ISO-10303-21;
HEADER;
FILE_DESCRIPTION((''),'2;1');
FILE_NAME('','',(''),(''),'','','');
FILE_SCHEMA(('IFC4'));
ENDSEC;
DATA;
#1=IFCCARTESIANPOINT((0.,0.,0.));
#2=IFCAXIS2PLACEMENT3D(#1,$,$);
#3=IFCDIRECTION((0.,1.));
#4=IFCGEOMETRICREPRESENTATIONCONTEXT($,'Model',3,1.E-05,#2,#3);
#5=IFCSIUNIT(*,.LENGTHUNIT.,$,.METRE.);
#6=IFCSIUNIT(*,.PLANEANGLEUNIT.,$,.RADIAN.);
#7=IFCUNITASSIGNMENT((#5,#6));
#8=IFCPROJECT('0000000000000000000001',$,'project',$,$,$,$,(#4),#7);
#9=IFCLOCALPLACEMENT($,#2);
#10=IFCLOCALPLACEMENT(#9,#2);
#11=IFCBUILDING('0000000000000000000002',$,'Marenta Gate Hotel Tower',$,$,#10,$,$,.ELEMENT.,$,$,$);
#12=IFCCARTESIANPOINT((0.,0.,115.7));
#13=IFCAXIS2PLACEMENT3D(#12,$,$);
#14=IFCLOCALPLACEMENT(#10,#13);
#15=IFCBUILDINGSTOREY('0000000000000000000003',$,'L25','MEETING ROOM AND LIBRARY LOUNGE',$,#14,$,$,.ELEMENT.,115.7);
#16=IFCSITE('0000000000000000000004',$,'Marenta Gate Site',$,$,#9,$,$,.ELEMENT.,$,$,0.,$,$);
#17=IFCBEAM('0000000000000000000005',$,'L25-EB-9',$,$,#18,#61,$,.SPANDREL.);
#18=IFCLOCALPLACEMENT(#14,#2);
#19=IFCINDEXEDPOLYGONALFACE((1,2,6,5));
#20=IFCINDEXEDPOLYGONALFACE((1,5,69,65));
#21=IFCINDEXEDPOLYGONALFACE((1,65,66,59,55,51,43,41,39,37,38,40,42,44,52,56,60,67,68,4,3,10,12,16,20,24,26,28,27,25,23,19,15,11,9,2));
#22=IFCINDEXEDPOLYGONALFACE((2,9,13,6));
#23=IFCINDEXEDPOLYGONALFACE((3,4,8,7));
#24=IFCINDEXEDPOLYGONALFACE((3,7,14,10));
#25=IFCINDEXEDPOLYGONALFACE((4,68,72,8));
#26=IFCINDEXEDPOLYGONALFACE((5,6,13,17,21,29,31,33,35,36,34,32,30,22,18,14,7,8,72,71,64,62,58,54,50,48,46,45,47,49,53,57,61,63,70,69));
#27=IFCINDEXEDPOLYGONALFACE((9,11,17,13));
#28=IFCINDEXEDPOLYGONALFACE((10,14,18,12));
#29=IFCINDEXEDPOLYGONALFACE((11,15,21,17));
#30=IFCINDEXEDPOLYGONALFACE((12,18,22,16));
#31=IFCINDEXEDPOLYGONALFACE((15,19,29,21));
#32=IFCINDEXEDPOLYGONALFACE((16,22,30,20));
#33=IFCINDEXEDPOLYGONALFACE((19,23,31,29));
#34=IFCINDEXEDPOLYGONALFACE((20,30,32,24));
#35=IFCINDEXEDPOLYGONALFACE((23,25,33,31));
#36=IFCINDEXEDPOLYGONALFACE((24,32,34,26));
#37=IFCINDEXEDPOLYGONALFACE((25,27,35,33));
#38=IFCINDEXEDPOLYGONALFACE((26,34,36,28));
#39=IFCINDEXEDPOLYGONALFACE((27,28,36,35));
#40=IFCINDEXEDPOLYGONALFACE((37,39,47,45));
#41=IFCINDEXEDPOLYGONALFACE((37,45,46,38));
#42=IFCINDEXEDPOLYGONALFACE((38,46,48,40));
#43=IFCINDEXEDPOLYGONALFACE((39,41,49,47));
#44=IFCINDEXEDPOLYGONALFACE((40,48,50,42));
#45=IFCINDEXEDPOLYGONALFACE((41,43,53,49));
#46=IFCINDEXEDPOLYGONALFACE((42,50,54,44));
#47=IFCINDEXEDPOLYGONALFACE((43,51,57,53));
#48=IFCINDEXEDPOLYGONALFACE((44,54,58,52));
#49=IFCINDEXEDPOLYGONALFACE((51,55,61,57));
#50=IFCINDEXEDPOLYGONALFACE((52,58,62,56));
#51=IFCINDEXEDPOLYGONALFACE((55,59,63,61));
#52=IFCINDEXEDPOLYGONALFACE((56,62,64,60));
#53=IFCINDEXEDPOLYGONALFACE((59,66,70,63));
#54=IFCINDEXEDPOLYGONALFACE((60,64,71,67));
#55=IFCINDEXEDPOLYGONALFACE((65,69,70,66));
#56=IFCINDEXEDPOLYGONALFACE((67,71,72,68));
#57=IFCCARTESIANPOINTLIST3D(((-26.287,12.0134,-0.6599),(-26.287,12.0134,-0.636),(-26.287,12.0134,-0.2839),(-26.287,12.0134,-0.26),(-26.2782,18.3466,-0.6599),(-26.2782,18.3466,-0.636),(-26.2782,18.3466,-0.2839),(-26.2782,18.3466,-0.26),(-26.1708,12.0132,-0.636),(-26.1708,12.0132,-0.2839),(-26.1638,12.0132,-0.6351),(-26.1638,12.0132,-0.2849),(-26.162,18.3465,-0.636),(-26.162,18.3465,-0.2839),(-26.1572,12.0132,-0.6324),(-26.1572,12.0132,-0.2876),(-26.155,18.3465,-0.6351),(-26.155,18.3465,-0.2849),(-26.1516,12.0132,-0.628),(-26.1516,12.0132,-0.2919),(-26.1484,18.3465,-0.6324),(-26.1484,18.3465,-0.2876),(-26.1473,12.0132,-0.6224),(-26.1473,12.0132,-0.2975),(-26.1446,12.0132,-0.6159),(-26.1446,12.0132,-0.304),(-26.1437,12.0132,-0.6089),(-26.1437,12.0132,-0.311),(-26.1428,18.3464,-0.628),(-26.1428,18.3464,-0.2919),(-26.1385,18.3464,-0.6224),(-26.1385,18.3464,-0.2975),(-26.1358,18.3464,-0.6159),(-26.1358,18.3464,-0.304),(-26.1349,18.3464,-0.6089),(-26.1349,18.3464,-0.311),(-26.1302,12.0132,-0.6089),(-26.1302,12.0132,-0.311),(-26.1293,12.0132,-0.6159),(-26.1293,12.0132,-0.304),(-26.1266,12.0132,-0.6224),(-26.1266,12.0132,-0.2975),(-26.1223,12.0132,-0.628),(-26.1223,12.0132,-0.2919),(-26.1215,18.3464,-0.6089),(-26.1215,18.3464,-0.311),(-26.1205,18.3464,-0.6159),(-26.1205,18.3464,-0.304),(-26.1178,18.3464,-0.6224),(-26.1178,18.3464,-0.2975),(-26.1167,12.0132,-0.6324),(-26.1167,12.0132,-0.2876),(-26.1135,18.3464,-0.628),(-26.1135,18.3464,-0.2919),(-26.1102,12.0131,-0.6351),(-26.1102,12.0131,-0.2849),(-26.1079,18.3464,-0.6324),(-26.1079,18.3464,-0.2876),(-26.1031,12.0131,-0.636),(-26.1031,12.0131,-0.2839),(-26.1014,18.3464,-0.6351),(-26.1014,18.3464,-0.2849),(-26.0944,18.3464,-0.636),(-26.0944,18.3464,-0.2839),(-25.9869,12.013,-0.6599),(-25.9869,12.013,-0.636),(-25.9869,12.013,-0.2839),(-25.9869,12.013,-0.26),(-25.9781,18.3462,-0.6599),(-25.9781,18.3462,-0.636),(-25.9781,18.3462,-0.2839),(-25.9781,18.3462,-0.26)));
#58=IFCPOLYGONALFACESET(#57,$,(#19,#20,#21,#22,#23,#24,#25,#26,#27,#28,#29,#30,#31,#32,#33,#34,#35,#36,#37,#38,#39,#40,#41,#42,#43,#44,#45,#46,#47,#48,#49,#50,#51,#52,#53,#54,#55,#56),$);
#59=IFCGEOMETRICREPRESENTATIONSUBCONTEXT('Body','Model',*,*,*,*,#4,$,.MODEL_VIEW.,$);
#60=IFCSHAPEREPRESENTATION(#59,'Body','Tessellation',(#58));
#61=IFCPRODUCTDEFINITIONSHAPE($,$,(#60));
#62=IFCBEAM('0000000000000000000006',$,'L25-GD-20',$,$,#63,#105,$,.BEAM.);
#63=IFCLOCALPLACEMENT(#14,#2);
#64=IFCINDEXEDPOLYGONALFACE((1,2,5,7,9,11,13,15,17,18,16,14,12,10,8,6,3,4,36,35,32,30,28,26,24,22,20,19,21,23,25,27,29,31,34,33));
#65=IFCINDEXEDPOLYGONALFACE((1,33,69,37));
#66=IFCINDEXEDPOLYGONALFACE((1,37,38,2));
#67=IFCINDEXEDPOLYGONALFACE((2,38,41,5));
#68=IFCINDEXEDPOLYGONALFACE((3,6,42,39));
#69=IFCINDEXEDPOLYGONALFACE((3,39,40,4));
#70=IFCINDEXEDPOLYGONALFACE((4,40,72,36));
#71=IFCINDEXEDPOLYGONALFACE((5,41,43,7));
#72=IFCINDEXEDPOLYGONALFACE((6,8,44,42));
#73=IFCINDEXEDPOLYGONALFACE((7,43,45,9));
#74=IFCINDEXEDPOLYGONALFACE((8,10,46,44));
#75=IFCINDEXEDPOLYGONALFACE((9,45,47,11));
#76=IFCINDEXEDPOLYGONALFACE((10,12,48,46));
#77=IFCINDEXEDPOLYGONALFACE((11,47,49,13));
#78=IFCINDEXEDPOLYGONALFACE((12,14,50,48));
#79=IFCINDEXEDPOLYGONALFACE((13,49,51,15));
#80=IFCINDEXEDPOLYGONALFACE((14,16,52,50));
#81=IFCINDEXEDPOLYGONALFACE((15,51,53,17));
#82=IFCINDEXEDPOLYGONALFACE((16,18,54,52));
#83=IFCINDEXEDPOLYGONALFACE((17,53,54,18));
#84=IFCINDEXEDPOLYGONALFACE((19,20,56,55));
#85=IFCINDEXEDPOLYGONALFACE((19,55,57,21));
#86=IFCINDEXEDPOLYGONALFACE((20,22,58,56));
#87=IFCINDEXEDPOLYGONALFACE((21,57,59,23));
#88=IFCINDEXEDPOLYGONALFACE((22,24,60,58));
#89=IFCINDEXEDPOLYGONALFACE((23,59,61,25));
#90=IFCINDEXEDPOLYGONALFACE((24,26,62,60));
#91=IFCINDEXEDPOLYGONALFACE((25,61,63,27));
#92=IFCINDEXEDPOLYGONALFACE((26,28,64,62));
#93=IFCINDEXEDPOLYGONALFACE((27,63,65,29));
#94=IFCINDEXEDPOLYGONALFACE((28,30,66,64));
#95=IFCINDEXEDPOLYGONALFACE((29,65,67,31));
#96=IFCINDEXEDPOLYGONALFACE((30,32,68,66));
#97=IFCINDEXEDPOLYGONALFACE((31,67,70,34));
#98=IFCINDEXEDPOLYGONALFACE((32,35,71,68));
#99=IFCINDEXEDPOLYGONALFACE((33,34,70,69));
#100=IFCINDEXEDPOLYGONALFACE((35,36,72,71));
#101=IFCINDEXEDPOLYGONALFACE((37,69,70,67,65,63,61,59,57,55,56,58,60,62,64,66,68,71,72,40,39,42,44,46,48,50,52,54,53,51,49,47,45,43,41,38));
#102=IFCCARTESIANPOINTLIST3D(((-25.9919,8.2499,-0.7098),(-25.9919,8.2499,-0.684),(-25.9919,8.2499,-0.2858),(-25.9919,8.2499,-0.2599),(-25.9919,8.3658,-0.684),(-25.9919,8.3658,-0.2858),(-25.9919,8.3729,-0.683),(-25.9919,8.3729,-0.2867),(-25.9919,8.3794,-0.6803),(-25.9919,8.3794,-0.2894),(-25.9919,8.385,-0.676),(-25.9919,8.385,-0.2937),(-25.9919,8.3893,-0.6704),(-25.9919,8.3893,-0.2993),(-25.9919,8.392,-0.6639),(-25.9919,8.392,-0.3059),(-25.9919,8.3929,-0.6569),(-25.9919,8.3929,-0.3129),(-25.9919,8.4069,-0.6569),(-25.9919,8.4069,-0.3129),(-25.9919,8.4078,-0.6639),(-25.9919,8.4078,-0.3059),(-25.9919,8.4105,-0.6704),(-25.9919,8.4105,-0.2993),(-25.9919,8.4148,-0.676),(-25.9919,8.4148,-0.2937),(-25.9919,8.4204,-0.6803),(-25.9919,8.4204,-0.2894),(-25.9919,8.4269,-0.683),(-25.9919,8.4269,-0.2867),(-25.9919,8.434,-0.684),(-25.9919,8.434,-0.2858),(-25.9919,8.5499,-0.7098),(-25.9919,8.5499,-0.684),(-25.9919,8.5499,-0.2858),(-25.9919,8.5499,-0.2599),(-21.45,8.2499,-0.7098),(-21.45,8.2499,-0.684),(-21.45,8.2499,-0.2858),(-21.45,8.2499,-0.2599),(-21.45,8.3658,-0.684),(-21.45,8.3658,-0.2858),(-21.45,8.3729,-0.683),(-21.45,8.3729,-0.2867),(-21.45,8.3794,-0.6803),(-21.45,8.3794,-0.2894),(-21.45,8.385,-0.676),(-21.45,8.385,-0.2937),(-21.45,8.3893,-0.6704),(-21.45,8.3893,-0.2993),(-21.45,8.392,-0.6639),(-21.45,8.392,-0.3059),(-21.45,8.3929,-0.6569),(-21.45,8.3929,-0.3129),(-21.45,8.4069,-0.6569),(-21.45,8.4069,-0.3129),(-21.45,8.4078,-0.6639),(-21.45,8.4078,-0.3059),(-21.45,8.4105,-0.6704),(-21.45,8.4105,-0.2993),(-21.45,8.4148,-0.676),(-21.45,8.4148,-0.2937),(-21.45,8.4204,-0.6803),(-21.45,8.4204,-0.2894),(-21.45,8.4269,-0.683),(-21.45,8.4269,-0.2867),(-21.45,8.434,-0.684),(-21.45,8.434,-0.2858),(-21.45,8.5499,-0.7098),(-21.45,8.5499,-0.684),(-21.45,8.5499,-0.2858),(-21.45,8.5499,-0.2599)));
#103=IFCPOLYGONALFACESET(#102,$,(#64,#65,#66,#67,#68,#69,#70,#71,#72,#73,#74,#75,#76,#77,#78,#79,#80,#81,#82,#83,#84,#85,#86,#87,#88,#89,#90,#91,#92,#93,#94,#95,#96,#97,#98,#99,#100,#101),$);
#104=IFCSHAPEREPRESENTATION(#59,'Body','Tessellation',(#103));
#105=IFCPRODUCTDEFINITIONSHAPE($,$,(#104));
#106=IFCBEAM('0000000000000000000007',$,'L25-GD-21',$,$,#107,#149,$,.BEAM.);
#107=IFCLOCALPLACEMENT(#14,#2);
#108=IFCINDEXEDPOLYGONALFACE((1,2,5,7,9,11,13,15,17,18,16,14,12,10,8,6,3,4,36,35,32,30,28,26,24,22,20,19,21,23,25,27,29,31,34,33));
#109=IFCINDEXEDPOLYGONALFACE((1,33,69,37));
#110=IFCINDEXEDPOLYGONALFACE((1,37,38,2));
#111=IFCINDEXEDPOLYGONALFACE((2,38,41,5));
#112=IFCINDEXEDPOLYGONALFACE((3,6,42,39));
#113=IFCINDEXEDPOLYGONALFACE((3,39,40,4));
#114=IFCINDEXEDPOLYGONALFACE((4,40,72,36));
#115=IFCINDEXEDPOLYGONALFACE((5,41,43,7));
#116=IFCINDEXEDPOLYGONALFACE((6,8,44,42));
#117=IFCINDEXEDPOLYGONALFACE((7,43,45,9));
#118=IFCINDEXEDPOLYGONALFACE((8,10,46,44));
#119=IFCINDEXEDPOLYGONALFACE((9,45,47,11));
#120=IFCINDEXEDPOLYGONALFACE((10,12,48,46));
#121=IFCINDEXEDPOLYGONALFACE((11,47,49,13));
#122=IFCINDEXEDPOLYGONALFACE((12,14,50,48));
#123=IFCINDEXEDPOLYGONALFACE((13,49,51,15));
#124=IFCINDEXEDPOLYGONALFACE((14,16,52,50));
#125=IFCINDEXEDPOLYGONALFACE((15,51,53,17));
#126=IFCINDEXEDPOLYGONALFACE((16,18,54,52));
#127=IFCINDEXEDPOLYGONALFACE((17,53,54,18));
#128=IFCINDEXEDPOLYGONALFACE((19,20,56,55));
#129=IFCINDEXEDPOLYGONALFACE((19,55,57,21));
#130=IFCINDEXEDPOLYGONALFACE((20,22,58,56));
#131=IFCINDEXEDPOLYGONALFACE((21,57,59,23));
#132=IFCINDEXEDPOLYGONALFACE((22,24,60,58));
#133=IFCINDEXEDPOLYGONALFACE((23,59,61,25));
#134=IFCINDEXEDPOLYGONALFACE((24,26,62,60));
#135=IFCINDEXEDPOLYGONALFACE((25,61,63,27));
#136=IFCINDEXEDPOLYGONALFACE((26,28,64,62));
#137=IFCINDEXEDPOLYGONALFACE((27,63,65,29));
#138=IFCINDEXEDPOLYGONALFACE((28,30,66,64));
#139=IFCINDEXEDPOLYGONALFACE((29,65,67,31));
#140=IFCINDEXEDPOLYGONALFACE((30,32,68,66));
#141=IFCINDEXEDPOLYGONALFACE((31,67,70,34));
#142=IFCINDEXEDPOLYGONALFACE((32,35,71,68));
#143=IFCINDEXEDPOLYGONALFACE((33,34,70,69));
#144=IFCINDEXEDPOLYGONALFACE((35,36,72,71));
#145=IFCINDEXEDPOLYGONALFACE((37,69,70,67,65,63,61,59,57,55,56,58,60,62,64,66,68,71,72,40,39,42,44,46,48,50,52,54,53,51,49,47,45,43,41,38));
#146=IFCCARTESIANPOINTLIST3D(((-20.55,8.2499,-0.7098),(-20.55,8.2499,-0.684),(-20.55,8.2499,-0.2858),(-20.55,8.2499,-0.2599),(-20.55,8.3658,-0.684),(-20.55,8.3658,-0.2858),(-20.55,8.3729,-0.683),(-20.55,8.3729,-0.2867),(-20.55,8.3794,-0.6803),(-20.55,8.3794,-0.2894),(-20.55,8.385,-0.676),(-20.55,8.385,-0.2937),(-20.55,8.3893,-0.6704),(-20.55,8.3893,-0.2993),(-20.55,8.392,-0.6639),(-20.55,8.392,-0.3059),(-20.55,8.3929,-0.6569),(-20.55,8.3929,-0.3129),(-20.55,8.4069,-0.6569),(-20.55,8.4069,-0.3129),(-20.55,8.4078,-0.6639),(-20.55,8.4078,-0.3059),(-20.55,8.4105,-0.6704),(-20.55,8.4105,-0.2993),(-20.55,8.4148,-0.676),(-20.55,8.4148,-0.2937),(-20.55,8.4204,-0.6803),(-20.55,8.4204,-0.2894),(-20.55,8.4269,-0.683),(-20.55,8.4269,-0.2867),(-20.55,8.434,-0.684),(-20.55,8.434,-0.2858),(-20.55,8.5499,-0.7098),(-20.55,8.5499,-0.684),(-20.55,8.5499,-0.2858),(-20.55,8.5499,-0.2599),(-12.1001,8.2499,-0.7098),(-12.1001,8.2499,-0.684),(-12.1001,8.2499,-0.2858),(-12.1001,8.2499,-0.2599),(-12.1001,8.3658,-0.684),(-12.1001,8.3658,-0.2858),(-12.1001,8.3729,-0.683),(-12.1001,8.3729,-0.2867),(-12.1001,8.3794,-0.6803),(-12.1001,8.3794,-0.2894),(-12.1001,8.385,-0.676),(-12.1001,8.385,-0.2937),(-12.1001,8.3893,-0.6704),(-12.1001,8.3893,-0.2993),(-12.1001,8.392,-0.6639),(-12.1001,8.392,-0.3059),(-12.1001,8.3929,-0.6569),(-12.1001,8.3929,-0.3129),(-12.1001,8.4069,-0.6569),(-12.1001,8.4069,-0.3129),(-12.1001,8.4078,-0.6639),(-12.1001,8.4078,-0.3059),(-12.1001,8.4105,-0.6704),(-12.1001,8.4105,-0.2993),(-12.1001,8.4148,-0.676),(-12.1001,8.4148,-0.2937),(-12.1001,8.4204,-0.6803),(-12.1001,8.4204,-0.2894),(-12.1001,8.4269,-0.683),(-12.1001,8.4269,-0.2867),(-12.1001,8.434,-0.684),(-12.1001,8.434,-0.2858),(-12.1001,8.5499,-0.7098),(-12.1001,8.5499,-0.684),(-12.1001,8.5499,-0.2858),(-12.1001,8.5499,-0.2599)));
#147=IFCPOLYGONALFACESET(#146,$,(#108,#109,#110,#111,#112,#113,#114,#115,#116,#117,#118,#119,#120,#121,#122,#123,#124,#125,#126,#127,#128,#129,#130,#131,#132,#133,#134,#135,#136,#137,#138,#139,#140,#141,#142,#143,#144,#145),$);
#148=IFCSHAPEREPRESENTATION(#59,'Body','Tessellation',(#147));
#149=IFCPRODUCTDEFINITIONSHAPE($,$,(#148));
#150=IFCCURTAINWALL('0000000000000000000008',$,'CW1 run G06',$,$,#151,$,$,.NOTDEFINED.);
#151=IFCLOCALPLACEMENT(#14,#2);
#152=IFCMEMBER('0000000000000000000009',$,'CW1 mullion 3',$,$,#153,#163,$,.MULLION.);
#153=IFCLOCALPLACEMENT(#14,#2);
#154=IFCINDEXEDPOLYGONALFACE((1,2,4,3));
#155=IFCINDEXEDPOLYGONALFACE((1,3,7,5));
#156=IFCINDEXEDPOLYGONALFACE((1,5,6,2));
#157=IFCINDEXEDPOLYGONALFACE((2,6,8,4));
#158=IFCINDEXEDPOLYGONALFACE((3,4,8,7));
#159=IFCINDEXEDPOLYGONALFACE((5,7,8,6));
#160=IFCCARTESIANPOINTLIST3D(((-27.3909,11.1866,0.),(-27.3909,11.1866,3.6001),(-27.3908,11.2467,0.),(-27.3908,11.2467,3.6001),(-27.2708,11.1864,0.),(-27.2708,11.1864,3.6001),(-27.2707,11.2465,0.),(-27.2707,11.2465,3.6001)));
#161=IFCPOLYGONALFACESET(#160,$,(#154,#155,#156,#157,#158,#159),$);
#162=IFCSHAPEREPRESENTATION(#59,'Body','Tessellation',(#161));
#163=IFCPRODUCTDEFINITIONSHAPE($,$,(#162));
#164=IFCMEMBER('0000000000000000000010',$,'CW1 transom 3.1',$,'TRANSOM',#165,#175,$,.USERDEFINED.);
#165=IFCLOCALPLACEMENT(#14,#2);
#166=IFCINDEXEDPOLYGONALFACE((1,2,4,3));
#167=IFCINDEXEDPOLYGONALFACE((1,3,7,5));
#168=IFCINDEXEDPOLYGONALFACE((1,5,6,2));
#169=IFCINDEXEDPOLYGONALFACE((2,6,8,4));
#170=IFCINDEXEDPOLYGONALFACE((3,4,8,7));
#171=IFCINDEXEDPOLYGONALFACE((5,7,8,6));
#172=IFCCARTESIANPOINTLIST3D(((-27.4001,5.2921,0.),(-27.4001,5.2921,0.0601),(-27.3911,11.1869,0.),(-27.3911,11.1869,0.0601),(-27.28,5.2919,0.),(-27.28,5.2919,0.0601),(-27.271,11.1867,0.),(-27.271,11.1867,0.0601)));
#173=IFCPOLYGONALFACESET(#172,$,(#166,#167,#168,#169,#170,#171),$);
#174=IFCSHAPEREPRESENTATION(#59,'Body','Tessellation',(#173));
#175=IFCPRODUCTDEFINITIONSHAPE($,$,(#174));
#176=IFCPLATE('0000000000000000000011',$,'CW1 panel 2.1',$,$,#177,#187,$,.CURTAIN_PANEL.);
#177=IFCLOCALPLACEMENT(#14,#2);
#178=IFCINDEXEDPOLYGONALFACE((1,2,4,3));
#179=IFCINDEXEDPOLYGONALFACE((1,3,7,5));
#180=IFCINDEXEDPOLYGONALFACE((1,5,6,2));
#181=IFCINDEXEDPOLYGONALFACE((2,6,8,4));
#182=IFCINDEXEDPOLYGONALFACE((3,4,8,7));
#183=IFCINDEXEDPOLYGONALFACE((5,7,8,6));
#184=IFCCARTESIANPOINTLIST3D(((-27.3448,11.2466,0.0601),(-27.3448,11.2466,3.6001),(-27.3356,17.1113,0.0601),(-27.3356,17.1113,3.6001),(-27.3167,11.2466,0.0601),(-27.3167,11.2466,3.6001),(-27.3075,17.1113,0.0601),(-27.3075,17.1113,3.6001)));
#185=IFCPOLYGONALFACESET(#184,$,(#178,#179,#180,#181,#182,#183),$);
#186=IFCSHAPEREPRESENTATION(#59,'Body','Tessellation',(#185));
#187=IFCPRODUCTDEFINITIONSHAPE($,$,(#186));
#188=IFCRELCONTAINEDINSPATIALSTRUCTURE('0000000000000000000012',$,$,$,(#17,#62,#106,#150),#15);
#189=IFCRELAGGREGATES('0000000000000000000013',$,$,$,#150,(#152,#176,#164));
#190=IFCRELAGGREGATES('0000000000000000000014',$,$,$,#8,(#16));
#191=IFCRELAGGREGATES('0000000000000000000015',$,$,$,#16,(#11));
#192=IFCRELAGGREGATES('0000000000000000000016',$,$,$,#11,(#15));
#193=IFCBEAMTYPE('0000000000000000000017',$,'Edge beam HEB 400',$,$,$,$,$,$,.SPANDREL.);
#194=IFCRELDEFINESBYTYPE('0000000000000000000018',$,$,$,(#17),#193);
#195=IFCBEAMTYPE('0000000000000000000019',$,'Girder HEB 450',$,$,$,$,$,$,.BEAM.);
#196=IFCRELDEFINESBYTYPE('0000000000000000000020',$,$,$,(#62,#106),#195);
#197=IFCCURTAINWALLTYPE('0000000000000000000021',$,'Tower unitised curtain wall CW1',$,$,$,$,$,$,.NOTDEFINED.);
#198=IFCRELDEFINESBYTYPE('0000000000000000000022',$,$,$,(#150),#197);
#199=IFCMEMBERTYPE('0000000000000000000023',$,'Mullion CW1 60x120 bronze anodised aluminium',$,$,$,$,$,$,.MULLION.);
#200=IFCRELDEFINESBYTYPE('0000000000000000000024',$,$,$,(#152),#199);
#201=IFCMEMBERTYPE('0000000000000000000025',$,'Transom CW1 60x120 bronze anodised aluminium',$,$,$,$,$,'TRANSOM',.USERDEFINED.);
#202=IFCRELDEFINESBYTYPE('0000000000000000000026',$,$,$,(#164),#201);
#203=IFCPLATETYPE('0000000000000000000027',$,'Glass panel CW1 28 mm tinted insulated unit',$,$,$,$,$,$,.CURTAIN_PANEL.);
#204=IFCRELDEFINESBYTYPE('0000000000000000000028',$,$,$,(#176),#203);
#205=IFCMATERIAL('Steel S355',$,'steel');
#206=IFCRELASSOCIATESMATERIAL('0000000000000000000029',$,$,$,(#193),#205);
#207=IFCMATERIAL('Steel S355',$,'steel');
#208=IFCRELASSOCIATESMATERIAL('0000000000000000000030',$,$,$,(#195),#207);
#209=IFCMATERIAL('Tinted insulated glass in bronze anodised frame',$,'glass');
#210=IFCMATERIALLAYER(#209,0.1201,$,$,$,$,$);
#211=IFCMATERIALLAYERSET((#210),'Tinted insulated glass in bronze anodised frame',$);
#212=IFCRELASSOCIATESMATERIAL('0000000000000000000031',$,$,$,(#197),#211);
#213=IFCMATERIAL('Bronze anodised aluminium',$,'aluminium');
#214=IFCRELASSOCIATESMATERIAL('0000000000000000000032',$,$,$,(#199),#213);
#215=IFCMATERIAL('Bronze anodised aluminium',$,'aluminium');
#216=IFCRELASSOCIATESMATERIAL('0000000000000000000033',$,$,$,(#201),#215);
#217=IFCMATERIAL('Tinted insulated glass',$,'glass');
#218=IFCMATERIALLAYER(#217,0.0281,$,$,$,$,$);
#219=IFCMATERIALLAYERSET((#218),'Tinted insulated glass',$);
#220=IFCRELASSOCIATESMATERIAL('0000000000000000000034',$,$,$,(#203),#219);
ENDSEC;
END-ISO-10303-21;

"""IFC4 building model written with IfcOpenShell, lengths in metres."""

from ifc_helpers import new_model, si_unit, direction, frame, origin, origin_2d, place, context, subcontext, project, spatial, rectangle, i_section, extrude, material, layer, layer_set, material_profile, profile_set, type_object, element, aggregate, save


model = new_model("IFC4")

# Units and contexts
model_context = context("Model", 3, precision=1e-05, world=origin(), true_north=direction((0.0, 1.0)))
body_context = subcontext(model_context, "Body", "Model", "MODEL_VIEW")
ifc_project = project(units=[si_unit("LENGTHUNIT", "METRE"), si_unit("PLANEANGLEUNIT", "RADIAN")], contexts=[model_context])

# Site, building, storey
site_placement = place(None, origin())
site = spatial("IfcSite", under=ifc_project, at=site_placement, Name="Marenta Gate Site", CompositionType="ELEMENT", RefElevation=0.0)
building_placement = place(site_placement, origin())
building = spatial("IfcBuilding", under=site, at=building_placement, Name="Marenta Gate Hotel Tower", CompositionType="ELEMENT")
storey_placement = place(building_placement, frame((0.0, 0.0, 115.7)))
storey = spatial("IfcBuildingStorey", under=building, at=storey_placement, Name="L25", Description="MEETING ROOM AND LIBRARY LOUNGE", CompositionType="ELEMENT", Elevation=115.7)

# Beams
ifc_material_1 = material(Name="Steel S355", Category="steel")
ifc_material_profile_1 = material_profile(ifc_material_1, i_section(OverallWidth=0.3, OverallDepth=0.3999, WebThickness=0.0134, FlangeThickness=0.0239, FilletRadius=0.0271, at=origin_2d()), Name="HEB 400")
ifc_profile_set_1 = profile_set([ifc_material_profile_1], Name="Steel S355")
beam_type_1 = type_object("IfcBeamType", Name="Edge beam HEB 400", PredefinedType="SPANDREL", material=ifc_profile_set_1)
beam_1_placement = place(storey_placement, frame((-26.137, 12.0132, -0.46), z_axis=(0.001388, 0.999999, 0.0), x_axis=(-0.999999, 0.001388, 0.0)))
element("IfcBeam", 1, at=beam_1_placement, inside=storey, type_object=beam_type_1, Name="L25-EB-9", PredefinedType="SPANDREL", context=body_context, shape_type="SweptSolid", body=[
    extrude(i_section(OverallWidth=0.3, OverallDepth=0.3999, WebThickness=0.0134, FlangeThickness=0.0239, FilletRadius=0.0271, at=origin_2d()), origin(), (0.0, 0.0, 1.0), 6.3333),
])
ifc_material_2 = material(Name="Steel S355", Category="steel")
ifc_material_profile_2 = material_profile(ifc_material_2, i_section(OverallWidth=0.3, OverallDepth=0.45, WebThickness=0.0139, FlangeThickness=0.0259, FilletRadius=0.0271, at=origin_2d()), Name="HEB 450")
ifc_profile_set_2 = profile_set([ifc_material_profile_2], Name="Steel S355")
beam_type_2 = type_object("IfcBeamType", Name="Girder HEB 450", PredefinedType="BEAM", material=ifc_profile_set_2)
beam_2_placement = place(storey_placement, frame((-25.9919, 8.3999, -0.4849), z_axis=(1.0, 0.0, 0.0), x_axis=(0.0, 1.0, 0.0)))
element("IfcBeam", 2, at=beam_2_placement, inside=storey, type_object=beam_type_2, Name="L25-GD-20", PredefinedType="BEAM", context=body_context, shape_type="SweptSolid", body=[
    extrude(i_section(OverallWidth=0.3, OverallDepth=0.45, WebThickness=0.0139, FlangeThickness=0.0259, FilletRadius=0.0271, at=origin_2d()), origin(), (0.0, 0.0, 1.0), 4.542),
])
beam_3_placement = place(storey_placement, frame((-20.55, 8.3999, -0.4849), z_axis=(1.0, 0.0, 0.0), x_axis=(0.0, 1.0, 0.0)))
element("IfcBeam", 3, at=beam_3_placement, inside=storey, type_object=beam_type_2, Name="L25-GD-21", PredefinedType="BEAM", context=body_context, shape_type="SweptSolid", body=[
    extrude(i_section(OverallWidth=0.3, OverallDepth=0.45, WebThickness=0.0139, FlangeThickness=0.0259, FilletRadius=0.0271, at=origin_2d()), origin(), (0.0, 0.0, 1.0), 8.45),
])

# Curtain wall, members, plate
ifc_material_3 = material(Name="Tinted insulated glass in bronze anodised frame", Category="glass")
ifc_layer_1 = layer(ifc_material_3, 0.1201)
ifc_layer_set_1 = layer_set([ifc_layer_1], Name="Tinted insulated glass in bronze anodised frame")
curtain_wall_type = type_object("IfcCurtainWallType", Name="Tower unitised curtain wall CW1", PredefinedType="NOTDEFINED", material=ifc_layer_set_1)
curtain_wall_placement = place(storey_placement, origin())
curtain_wall = element("IfcCurtainWall", 4, at=curtain_wall_placement, inside=storey, type_object=curtain_wall_type, Name="CW1 run G06", PredefinedType="NOTDEFINED")
ifc_material_4 = material(Name="Bronze anodised aluminium", Category="aluminium")
ifc_material_profile_3 = material_profile(ifc_material_4, rectangle(XDim=0.1201, YDim=0.0601, at=origin_2d()), Name="Mullion CW1 60x120 bronze anodised aluminium")
ifc_profile_set_3 = profile_set([ifc_material_profile_3], Name="Bronze anodised aluminium")
member_type_1 = type_object("IfcMemberType", Name="Mullion CW1 60x120 bronze anodised aluminium", PredefinedType="MULLION", material=ifc_profile_set_3)
member_1_placement = place(storey_placement, frame((-27.3308, 11.2166, 0.0), z_axis=(0.0, 0.0, 1.0), x_axis=(0.999999, -0.00157, 0.0)))
member_1 = element("IfcMember", 5, at=member_1_placement, type_object=member_type_1, Name="CW1 mullion 3", PredefinedType="MULLION", context=body_context, shape_type="SweptSolid", body=[
    extrude(rectangle(XDim=0.1201, YDim=0.0601, at=origin_2d()), origin(), (0.0, 0.0, 1.0), 3.6001),
])
ifc_material_5 = material(Name="Bronze anodised aluminium", Category="aluminium")
ifc_material_profile_4 = material_profile(ifc_material_5, rectangle(XDim=0.1201, YDim=0.0601, at=origin_2d()), Name="Transom CW1 60x120 bronze anodised aluminium")
ifc_profile_set_4 = profile_set([ifc_material_profile_4], Name="Bronze anodised aluminium")
member_type_2 = type_object("IfcMemberType", Name="Transom CW1 60x120 bronze anodised aluminium", ElementType="TRANSOM", PredefinedType="USERDEFINED", material=ifc_profile_set_4)
member_2_placement = place(storey_placement, frame((-27.3311, 11.1868, 0.03), z_axis=(-0.001532, -0.999999, 0.0), x_axis=(0.999999, -0.001532, 0.0)))
member_2 = element("IfcMember", 6, at=member_2_placement, type_object=member_type_2, Name="CW1 transom 3.1", ObjectType="TRANSOM", PredefinedType="USERDEFINED", context=body_context, shape_type="SweptSolid", body=[
    extrude(rectangle(XDim=0.1201, YDim=0.0601, at=origin_2d()), origin(), (0.0, 0.0, 1.0), 5.8948),
])
ifc_material_6 = material(Name="Tinted insulated glass", Category="glass")
ifc_layer_2 = layer(ifc_material_6, 0.0281)
ifc_layer_set_2 = layer_set([ifc_layer_2], Name="Tinted insulated glass")
plate_type = type_object("IfcPlateType", Name="Glass panel CW1 28 mm tinted insulated unit", PredefinedType="CURTAIN_PANEL", material=ifc_layer_set_2)
plate_placement = place(storey_placement, frame((-27.3262, 14.179, 0.0601), z_axis=(0.0, 0.0, 1.0), x_axis=(-0.00157, -0.999999, 0.0)))
plate = element("IfcPlate", 7, at=plate_placement, type_object=plate_type, Name="CW1 panel 2.1", PredefinedType="CURTAIN_PANEL", context=body_context, shape_type="SweptSolid", body=[
    extrude(rectangle(XDim=5.8647, YDim=0.0281, at=origin_2d()), origin(), (0.0, 0.0, 1.0), 3.54),
])
aggregate(curtain_wall, [member_1, plate, member_2])

save(model, "model.ifc")
